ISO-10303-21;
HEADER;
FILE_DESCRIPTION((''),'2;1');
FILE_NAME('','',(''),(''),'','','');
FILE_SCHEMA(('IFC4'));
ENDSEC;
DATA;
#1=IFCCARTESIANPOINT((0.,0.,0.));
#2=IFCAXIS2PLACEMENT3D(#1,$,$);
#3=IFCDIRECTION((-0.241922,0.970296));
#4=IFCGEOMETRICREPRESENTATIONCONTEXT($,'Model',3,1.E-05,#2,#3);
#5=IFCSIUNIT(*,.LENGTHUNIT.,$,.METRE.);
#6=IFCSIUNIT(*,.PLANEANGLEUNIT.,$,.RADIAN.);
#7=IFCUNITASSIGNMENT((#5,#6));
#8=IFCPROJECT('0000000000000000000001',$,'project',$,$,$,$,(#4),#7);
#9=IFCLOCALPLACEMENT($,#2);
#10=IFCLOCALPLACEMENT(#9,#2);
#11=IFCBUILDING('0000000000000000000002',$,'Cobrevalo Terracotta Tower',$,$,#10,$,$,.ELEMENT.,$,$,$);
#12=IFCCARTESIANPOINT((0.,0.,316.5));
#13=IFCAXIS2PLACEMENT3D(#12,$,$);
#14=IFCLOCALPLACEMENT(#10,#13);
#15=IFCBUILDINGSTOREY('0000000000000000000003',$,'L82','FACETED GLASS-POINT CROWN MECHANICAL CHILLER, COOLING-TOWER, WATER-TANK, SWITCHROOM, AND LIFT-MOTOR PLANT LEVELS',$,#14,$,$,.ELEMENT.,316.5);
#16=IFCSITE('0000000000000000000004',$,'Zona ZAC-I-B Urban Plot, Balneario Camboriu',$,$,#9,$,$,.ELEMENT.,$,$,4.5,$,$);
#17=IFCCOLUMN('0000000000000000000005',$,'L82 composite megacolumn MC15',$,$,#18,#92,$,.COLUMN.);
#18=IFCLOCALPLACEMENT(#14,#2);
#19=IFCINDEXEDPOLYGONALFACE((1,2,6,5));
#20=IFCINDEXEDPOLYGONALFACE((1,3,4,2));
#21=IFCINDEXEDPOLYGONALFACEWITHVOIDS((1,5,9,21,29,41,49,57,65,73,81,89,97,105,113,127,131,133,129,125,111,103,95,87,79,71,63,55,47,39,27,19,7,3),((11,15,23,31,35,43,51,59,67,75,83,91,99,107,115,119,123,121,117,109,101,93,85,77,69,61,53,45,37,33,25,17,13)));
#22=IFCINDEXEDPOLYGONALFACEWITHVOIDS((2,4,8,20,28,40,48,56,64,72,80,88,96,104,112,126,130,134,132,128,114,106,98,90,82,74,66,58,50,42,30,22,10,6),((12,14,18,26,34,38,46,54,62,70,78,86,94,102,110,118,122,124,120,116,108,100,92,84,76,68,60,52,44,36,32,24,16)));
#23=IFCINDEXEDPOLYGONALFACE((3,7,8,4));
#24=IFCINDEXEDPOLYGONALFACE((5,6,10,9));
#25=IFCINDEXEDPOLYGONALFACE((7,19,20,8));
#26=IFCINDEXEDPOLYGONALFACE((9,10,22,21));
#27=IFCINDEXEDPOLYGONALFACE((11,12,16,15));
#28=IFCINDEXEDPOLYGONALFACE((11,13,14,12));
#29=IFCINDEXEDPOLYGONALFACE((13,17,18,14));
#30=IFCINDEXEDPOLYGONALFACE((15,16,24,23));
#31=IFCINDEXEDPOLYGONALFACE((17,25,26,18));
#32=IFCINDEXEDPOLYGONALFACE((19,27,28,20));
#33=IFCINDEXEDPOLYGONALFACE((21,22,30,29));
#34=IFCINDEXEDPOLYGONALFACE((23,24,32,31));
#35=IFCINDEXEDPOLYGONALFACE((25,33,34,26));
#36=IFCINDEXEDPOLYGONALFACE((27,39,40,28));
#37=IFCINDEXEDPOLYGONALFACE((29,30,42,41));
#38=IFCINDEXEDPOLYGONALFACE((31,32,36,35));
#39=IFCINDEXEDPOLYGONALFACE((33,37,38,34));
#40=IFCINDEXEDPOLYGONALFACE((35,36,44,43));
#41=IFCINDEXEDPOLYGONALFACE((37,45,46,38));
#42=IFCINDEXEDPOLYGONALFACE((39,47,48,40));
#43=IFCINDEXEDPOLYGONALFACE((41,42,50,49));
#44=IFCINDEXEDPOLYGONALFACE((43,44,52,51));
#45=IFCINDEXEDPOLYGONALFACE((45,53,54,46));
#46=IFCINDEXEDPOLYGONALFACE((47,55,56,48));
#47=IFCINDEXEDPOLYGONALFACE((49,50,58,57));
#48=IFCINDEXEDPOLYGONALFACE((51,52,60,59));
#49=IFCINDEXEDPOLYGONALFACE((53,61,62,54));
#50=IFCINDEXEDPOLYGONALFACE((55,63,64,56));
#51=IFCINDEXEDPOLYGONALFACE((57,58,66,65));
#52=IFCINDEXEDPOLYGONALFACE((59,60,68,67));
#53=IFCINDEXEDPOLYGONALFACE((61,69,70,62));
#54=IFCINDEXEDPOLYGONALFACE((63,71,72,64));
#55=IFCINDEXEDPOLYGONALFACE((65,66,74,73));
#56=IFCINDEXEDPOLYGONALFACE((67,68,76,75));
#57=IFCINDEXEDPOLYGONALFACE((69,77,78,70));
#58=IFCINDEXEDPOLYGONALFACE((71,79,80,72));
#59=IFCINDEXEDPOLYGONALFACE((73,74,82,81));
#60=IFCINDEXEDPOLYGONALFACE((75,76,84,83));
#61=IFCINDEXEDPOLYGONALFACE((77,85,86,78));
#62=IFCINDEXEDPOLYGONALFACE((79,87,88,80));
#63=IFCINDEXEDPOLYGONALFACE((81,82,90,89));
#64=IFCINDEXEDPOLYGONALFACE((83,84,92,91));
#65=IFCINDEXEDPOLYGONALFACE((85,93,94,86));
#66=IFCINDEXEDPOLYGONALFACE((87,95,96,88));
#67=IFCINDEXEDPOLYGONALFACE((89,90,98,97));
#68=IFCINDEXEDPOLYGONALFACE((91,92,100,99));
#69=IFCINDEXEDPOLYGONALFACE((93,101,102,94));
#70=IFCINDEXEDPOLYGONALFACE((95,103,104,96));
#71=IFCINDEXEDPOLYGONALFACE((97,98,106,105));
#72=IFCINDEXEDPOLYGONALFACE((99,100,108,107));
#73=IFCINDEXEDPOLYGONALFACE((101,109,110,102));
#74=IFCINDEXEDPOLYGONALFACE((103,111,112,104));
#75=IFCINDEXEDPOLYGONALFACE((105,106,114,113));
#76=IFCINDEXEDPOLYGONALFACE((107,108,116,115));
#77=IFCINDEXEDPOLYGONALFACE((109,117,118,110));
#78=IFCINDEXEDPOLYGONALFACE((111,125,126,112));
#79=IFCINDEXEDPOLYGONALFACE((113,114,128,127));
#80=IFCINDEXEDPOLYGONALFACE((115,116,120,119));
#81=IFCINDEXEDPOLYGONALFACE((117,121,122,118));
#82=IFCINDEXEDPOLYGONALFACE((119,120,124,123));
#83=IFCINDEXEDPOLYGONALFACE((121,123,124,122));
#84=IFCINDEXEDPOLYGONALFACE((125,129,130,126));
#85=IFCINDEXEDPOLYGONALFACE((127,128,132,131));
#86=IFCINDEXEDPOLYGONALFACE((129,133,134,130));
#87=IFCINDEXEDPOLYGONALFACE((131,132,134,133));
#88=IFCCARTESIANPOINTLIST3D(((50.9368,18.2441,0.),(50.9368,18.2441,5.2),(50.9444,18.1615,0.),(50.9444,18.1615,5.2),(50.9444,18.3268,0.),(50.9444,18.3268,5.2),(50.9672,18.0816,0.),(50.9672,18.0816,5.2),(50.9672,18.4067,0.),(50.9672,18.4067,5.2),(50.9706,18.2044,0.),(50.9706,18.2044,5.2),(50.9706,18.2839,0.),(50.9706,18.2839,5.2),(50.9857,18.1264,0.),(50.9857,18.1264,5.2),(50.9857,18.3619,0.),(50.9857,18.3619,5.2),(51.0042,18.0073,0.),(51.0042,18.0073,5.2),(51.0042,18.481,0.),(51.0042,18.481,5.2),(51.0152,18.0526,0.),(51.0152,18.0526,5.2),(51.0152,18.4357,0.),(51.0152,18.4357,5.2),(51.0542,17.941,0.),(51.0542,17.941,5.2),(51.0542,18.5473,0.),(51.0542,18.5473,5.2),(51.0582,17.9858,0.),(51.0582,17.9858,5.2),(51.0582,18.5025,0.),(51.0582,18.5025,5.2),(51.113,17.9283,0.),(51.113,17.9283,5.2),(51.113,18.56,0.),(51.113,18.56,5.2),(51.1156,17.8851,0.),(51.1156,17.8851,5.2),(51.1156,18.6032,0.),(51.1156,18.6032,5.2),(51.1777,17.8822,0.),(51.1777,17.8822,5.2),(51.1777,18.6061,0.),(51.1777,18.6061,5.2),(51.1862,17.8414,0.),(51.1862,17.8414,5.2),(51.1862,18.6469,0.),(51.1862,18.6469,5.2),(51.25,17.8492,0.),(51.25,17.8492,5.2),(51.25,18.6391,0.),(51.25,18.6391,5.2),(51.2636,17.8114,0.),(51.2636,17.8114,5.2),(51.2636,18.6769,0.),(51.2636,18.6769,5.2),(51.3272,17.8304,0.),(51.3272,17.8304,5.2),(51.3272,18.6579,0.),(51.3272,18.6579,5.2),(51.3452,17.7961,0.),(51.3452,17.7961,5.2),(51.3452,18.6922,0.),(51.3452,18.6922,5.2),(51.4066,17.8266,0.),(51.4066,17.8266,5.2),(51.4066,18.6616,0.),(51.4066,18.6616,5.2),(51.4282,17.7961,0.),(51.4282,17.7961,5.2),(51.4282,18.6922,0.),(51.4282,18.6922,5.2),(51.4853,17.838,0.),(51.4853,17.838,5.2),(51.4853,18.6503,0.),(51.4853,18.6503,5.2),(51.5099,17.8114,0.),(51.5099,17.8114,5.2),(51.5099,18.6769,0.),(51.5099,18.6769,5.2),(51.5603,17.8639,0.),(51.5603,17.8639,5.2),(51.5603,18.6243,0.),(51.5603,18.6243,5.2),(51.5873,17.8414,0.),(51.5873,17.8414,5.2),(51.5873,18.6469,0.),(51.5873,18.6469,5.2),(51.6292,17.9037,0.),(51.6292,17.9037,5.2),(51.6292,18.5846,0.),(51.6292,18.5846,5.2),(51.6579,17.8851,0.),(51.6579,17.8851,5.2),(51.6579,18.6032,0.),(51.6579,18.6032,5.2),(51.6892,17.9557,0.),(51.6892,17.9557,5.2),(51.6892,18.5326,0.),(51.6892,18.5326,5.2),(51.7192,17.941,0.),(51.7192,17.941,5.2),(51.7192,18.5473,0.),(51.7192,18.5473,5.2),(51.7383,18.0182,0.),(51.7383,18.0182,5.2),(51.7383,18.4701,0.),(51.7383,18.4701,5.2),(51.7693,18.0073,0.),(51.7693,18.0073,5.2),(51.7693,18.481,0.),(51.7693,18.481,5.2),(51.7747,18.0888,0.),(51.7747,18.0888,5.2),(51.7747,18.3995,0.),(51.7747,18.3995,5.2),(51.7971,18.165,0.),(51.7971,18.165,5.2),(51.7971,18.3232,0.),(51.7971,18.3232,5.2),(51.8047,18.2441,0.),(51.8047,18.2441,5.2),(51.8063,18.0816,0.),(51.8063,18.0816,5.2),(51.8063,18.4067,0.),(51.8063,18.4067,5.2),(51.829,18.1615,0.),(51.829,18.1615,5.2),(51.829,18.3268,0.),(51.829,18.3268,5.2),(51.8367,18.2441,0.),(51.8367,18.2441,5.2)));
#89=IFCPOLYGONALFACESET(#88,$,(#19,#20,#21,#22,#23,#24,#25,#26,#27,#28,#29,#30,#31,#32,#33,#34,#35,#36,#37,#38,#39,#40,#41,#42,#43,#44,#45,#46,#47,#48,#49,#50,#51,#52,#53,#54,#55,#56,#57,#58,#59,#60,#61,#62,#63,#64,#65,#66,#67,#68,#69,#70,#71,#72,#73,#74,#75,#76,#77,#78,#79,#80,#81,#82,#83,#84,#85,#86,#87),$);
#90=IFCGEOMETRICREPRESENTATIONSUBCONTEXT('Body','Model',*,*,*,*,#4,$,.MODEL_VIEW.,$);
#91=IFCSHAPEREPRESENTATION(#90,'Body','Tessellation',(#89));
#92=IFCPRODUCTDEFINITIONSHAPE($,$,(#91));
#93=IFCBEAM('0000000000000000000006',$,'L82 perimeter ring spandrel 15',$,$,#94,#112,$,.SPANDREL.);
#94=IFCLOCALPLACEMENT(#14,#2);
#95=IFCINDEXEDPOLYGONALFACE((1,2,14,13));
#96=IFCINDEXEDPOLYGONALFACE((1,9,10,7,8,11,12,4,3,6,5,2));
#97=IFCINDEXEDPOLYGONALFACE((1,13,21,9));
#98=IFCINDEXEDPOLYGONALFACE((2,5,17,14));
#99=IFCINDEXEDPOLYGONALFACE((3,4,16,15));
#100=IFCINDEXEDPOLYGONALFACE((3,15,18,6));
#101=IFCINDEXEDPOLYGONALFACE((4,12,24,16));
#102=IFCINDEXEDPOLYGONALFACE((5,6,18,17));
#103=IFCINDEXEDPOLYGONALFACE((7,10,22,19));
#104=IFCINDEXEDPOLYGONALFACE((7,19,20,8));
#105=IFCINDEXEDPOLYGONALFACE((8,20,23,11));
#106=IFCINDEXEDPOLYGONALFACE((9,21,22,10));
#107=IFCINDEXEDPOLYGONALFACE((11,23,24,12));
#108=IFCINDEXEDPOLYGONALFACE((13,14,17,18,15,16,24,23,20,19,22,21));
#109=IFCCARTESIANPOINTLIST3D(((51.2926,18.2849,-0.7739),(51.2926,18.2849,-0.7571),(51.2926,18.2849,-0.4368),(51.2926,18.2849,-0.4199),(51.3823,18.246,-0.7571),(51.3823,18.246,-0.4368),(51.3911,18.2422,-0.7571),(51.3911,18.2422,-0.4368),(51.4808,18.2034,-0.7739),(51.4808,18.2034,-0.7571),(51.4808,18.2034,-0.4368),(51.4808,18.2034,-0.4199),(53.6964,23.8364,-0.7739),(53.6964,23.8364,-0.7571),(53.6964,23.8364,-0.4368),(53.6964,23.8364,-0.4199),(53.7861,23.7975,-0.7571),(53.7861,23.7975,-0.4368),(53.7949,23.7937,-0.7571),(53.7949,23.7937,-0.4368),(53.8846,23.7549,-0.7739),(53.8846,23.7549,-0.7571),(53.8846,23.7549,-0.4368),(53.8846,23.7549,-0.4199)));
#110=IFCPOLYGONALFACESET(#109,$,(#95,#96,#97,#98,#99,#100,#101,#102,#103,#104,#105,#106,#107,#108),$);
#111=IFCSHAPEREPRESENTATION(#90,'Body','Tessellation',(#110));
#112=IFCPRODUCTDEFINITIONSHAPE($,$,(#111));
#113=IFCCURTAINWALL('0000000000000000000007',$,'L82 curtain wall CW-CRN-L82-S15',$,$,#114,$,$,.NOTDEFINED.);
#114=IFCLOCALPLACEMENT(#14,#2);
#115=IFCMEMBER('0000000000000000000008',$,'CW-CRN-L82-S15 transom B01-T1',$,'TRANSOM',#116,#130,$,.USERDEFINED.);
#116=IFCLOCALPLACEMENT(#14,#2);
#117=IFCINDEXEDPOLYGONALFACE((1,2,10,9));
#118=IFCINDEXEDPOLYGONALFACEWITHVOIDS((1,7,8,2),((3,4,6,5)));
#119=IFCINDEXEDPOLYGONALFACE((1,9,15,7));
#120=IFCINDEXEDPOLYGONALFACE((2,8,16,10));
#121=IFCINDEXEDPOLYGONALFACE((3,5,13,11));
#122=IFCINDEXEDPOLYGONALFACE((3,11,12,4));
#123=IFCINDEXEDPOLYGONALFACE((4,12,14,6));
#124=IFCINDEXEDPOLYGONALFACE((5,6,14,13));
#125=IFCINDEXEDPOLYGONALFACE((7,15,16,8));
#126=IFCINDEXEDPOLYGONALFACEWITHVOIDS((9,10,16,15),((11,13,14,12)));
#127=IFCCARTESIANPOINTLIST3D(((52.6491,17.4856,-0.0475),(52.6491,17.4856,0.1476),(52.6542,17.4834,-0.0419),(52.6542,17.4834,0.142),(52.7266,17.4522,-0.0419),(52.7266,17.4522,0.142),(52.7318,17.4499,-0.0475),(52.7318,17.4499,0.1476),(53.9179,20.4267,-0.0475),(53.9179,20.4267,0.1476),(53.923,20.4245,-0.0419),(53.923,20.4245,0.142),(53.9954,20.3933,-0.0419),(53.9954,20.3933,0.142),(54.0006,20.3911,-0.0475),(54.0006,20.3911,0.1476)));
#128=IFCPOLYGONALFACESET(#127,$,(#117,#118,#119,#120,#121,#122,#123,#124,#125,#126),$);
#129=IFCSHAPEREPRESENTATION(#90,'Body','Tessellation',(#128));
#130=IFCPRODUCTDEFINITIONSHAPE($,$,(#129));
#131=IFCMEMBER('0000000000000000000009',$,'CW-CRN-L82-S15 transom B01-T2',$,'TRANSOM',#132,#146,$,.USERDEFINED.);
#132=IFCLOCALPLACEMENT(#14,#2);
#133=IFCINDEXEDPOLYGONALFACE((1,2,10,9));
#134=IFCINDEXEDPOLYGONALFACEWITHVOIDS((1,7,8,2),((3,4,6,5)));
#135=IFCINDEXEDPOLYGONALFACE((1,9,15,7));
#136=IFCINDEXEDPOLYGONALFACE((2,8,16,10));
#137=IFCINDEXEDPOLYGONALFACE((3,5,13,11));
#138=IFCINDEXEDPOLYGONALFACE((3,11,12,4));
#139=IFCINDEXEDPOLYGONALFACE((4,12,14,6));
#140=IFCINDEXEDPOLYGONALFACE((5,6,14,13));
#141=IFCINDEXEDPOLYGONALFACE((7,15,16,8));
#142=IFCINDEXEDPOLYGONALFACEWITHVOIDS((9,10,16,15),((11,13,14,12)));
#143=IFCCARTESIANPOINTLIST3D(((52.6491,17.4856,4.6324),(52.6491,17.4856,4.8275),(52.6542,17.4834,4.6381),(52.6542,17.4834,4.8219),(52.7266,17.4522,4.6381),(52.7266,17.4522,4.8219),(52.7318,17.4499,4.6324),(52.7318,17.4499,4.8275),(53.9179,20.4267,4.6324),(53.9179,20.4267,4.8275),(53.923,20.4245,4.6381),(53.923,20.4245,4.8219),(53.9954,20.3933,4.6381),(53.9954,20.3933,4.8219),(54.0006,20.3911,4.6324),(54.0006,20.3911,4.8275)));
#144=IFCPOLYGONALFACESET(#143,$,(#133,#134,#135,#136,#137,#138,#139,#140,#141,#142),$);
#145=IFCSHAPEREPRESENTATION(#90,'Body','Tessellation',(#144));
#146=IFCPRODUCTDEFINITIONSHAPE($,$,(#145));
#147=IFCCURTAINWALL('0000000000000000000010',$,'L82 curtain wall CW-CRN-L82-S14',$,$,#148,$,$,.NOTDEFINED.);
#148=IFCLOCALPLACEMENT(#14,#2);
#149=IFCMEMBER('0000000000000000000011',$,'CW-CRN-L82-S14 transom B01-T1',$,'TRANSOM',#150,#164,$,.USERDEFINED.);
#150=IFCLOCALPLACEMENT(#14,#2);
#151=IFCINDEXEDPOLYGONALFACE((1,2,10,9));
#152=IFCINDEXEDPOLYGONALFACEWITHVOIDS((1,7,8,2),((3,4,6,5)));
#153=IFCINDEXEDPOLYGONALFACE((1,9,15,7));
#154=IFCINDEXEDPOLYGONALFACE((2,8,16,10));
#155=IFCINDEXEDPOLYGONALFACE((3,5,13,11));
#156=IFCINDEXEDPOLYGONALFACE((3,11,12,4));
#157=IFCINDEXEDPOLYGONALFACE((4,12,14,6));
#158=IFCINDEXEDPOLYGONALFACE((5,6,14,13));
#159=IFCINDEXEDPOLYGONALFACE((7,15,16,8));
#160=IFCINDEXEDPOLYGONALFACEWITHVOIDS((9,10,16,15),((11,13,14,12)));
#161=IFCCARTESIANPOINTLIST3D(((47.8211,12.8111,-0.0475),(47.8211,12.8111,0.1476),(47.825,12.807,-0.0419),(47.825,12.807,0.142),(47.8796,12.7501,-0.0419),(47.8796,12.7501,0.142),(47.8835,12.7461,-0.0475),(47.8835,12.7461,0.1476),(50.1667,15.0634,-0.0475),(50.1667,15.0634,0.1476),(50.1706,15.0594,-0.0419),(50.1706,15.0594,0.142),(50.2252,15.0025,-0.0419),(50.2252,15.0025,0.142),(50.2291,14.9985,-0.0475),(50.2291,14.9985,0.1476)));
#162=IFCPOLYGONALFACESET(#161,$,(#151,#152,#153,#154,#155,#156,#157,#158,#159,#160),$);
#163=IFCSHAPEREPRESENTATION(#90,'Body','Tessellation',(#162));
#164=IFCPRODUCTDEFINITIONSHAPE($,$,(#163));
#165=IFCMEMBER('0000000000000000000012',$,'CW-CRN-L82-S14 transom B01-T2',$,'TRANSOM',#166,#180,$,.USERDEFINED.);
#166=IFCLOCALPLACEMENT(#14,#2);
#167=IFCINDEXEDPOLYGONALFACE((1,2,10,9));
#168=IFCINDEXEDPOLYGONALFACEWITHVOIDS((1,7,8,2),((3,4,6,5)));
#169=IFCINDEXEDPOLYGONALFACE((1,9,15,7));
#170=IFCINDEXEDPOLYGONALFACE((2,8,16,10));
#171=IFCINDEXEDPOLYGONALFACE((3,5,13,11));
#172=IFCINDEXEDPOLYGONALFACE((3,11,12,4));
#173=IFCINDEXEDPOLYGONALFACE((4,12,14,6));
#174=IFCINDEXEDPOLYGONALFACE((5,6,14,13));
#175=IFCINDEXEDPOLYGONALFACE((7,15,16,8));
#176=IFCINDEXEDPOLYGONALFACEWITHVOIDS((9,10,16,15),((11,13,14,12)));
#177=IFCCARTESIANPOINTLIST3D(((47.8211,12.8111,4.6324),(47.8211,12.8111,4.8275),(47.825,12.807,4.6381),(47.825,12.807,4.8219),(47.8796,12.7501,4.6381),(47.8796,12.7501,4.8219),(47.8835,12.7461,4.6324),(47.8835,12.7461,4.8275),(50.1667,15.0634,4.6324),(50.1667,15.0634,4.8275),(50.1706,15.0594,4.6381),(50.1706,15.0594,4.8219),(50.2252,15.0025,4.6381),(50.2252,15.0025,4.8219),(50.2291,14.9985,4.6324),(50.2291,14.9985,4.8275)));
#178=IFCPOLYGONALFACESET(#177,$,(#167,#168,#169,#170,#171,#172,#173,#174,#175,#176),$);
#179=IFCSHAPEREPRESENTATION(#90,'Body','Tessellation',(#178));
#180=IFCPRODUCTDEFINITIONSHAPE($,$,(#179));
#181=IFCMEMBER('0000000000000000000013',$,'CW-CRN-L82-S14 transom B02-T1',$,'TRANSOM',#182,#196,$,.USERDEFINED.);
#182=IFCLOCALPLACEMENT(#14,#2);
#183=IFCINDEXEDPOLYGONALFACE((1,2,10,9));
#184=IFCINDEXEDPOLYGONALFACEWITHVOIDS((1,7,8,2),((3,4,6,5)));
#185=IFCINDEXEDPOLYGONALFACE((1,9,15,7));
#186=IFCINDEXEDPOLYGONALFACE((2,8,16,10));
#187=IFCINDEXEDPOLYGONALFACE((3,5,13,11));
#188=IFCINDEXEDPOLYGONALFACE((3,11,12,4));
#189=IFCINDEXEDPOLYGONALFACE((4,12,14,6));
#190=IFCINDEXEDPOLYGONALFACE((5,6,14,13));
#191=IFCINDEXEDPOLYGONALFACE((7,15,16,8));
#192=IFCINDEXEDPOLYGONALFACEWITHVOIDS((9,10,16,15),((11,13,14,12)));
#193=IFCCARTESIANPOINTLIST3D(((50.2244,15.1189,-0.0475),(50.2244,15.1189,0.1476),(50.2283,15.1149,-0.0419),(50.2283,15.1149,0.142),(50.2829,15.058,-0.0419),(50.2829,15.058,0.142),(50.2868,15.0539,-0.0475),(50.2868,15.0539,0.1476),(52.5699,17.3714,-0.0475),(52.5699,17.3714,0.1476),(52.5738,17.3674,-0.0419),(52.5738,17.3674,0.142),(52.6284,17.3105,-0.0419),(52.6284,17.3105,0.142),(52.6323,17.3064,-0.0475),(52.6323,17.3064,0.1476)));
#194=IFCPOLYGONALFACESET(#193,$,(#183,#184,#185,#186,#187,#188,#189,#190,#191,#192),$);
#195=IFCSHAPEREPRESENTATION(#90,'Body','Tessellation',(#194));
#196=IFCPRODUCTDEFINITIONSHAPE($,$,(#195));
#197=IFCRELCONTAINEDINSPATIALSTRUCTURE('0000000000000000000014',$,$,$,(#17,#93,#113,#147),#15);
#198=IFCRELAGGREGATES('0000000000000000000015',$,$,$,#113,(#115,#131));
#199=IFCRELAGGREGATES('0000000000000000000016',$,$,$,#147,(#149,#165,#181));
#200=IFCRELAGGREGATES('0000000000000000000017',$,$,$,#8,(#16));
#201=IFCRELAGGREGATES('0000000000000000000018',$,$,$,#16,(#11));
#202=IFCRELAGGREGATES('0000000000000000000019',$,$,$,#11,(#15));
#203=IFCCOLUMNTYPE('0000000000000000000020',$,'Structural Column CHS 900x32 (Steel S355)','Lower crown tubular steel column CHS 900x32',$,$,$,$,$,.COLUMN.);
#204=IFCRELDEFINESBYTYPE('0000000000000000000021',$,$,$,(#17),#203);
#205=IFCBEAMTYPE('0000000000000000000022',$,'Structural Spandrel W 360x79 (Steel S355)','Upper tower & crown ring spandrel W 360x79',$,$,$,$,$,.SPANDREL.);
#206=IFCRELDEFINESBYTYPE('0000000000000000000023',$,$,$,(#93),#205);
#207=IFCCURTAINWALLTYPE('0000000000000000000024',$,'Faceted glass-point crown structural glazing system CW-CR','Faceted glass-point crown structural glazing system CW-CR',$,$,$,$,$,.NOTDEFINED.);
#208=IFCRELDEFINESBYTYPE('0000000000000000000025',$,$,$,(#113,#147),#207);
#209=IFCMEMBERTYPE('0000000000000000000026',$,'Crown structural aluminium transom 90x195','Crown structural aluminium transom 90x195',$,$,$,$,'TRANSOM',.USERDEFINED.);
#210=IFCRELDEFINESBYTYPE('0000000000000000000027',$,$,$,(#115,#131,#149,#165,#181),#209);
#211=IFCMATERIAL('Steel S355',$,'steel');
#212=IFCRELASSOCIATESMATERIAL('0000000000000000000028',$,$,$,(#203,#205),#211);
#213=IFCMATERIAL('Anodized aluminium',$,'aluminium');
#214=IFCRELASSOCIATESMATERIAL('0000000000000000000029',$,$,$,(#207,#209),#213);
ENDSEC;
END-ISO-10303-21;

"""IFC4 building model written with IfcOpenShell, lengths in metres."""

from ifc_helpers import new_model, si_unit, direction, frame, origin, origin_2d, place, context, subcontext, project, spatial, hollow_rectangle, hollow_circle, i_section, extrude, source, transform, mapped, material, material_profile, profile_set, type_object, element, aggregate, save


model = new_model("IFC4")

# Units and contexts
model_context = context("Model", 3, precision=1e-05, world=origin(), true_north=direction((-0.241922, 0.970296)))
body_context = subcontext(model_context, "Body", "Model", "MODEL_VIEW")
ifc_project = project(units=[si_unit("LENGTHUNIT", "METRE"), si_unit("PLANEANGLEUNIT", "RADIAN")], contexts=[model_context])

# Site, building, storey
site_placement = place(None, origin())
site = spatial("IfcSite", under=ifc_project, at=site_placement, Name="Zona ZAC-I-B Urban Plot, Balneario Camboriu", CompositionType="ELEMENT", RefElevation=4.5)
building_placement = place(site_placement, origin())
building = spatial("IfcBuilding", under=site, at=building_placement, Name="Cobrevalo Terracotta Tower", CompositionType="ELEMENT")
storey_placement = place(building_placement, frame((0.0, 0.0, 316.5)))
storey = spatial("IfcBuildingStorey", under=building, at=storey_placement, Name="L82", Description="FACETED GLASS-POINT CROWN MECHANICAL CHILLER, COOLING-TOWER, WATER-TANK, SWITCHROOM, AND LIFT-MOTOR PLANT LEVELS", CompositionType="ELEMENT", Elevation=316.5)

# Column
ifc_material_1 = material(Name="Steel S355", Category="steel")
ifc_material_profile_1 = material_profile(ifc_material_1, hollow_circle(Radius=0.45, WallThickness=0.032, at=origin_2d()), Name="CHS 900x32")
ifc_profile_set_1 = profile_set([ifc_material_profile_1], Name="Steel S355")
column_type = type_object("IfcColumnType", Name="Structural Column CHS 900x32 (Steel S355)", Description="Lower crown tubular steel column CHS 900x32", PredefinedType="COLUMN", material=ifc_profile_set_1)
column_placement = place(storey_placement, frame((51.3867, 18.2441, 0.0), z_axis=(0.0, 0.0, 1.0), x_axis=(1.0, 0.0, 0.0)))
element("IfcColumn", 1, at=column_placement, inside=storey, type_object=column_type, Name="L82 composite megacolumn MC15", PredefinedType="COLUMN", context=body_context, shape_type="SweptSolid", body=[
    extrude(hollow_circle(Radius=0.45, WallThickness=0.032, at=origin_2d()), origin(), (0.0, 0.0, 1.0), 5.2),
])

# Beam
ifc_material_profile_2 = material_profile(ifc_material_1, i_section(OverallWidth=0.2051, OverallDepth=0.354, WebThickness=0.0095, FlangeThickness=0.0168, at=origin_2d()), Name="W 360x79")
ifc_profile_set_2 = profile_set([ifc_material_profile_2], Name="Steel S355")
beam_type = type_object("IfcBeamType", Name="Structural Spandrel W 360x79 (Steel S355)", Description="Upper tower & crown ring spandrel W 360x79", PredefinedType="SPANDREL", material=ifc_profile_set_2)
beam_placement = place(storey_placement, frame((51.3867, 18.2441, -0.5969), z_axis=(0.39735, 0.917667, 0.0), x_axis=(-0.917667, 0.39735, 0.0)))
element("IfcBeam", 2, at=beam_placement, inside=storey, type_object=beam_type, Name="L82 perimeter ring spandrel 15", PredefinedType="SPANDREL", context=body_context, shape_type="SweptSolid", body=[
    extrude(i_section(OverallWidth=0.2051, OverallDepth=0.354, WebThickness=0.0095, FlangeThickness=0.0168, at=origin_2d()), origin(), (0.0, 0.0, 1.0), 6.0496),
])

# Curtain walls, members
ifc_material_2 = material(Name="Anodized aluminium", Category="aluminium")
curtain_wall_type = type_object("IfcCurtainWallType", Name="Faceted glass-point crown structural glazing system CW-CR", Description="Faceted glass-point crown structural glazing system CW-CR", PredefinedType="NOTDEFINED", material=ifc_material_2)
curtain_wall_1_placement = place(storey_placement, origin())
curtain_wall_1 = element("IfcCurtainWall", 3, at=curtain_wall_1_placement, inside=storey, type_object=curtain_wall_type, Name="L82 curtain wall CW-CRN-L82-S15", PredefinedType="NOTDEFINED")
ifc_material_profile_3 = material_profile(ifc_material_2, hollow_rectangle(XDim=0.0901, YDim=0.1951, WallThickness=0.0056, at=origin_2d()), Name="CWT 90x195")
ifc_profile_set_3 = profile_set([ifc_material_profile_3], Name="Anodized aluminium")
member_type_1 = type_object("IfcMemberType", Name="Crown structural aluminium transom 90x195", Description="Crown structural aluminium transom 90x195", ElementType="TRANSOM", PredefinedType="USERDEFINED", material=ifc_profile_set_3)
shared_shape_1 = source(origin(), body_context, "Body", "SweptSolid", [
    extrude(hollow_rectangle(XDim=0.0901, YDim=0.1951, WallThickness=0.0056, at=origin_2d()), origin(), (0.0, 0.0, 1.0), 3.2031),
])
member_1_placement = place(storey_placement, frame((52.6904, 17.4678, 0.05), z_axis=(0.396107, 0.918204, 0.0), x_axis=(-0.918204, 0.396107, 0.0)))
member_1 = element("IfcMember", 4, at=member_1_placement, type_object=member_type_1, Name="CW-CRN-L82-S15 transom B01-T1", ObjectType="TRANSOM", PredefinedType="USERDEFINED", context=body_context, shape_type="MappedRepresentation", body=[
    mapped(shared_shape_1, transform((0.0, 0.0, 0.0), scale=1.0)),
])
member_2_placement = place(storey_placement, frame((52.6904, 17.4678, 4.73), z_axis=(0.396107, 0.918204, 0.0), x_axis=(-0.918204, 0.396107, 0.0)))
member_2 = element("IfcMember", 5, at=member_2_placement, type_object=member_type_1, Name="CW-CRN-L82-S15 transom B01-T2", ObjectType="TRANSOM", PredefinedType="USERDEFINED", context=body_context, shape_type="MappedRepresentation", body=[
    mapped(shared_shape_1, transform((0.0, 0.0, 0.0), scale=1.0)),
])
curtain_wall_2_placement = place(storey_placement, origin())
curtain_wall_2 = element("IfcCurtainWall", 6, at=curtain_wall_2_placement, inside=storey, type_object=curtain_wall_type, Name="L82 curtain wall CW-CRN-L82-S14", PredefinedType="NOTDEFINED")
shared_shape_2 = source(origin(), body_context, "Body", "SweptSolid", [
    extrude(hollow_rectangle(XDim=0.0901, YDim=0.1951, WallThickness=0.0056, at=origin_2d()), origin(), (0.0, 0.0, 1.0), 3.252),
])
member_3_placement = place(storey_placement, frame((47.8523, 12.7786, 0.05), z_axis=(0.7213, 0.692622, 0.0), x_axis=(-0.692622, 0.7213, 0.0)))
member_3 = element("IfcMember", 7, at=member_3_placement, type_object=member_type_1, Name="CW-CRN-L82-S14 transom B01-T1", ObjectType="TRANSOM", PredefinedType="USERDEFINED", context=body_context, shape_type="MappedRepresentation", body=[
    mapped(shared_shape_2, transform((0.0, 0.0, 0.0), scale=1.0)),
])
member_4_placement = place(storey_placement, frame((47.8523, 12.7786, 4.73), z_axis=(0.7213, 0.692622, 0.0), x_axis=(-0.692622, 0.7213, 0.0)))
member_4 = element("IfcMember", 8, at=member_4_placement, type_object=member_type_1, Name="CW-CRN-L82-S14 transom B01-T2", ObjectType="TRANSOM", PredefinedType="USERDEFINED", context=body_context, shape_type="MappedRepresentation", body=[
    mapped(shared_shape_2, transform((0.0, 0.0, 0.0), scale=1.0)),
])
member_5_placement = place(storey_placement, frame((50.2556, 15.0864, 0.05), z_axis=(0.721264, 0.69266, 0.0), x_axis=(-0.69266, 0.721264, 0.0)))
member_5 = element("IfcMember", 9, at=member_5_placement, type_object=member_type_1, Name="CW-CRN-L82-S14 transom B02-T1", ObjectType="TRANSOM", PredefinedType="USERDEFINED", context=body_context, shape_type="MappedRepresentation", body=[
    mapped(shared_shape_2, transform((0.0, 0.0, 0.0), scale=1.0)),
])

aggregate(curtain_wall_1, [member_1, member_2])

aggregate(curtain_wall_2, [member_3, member_4, member_5])

save(model, "model.ifc")
